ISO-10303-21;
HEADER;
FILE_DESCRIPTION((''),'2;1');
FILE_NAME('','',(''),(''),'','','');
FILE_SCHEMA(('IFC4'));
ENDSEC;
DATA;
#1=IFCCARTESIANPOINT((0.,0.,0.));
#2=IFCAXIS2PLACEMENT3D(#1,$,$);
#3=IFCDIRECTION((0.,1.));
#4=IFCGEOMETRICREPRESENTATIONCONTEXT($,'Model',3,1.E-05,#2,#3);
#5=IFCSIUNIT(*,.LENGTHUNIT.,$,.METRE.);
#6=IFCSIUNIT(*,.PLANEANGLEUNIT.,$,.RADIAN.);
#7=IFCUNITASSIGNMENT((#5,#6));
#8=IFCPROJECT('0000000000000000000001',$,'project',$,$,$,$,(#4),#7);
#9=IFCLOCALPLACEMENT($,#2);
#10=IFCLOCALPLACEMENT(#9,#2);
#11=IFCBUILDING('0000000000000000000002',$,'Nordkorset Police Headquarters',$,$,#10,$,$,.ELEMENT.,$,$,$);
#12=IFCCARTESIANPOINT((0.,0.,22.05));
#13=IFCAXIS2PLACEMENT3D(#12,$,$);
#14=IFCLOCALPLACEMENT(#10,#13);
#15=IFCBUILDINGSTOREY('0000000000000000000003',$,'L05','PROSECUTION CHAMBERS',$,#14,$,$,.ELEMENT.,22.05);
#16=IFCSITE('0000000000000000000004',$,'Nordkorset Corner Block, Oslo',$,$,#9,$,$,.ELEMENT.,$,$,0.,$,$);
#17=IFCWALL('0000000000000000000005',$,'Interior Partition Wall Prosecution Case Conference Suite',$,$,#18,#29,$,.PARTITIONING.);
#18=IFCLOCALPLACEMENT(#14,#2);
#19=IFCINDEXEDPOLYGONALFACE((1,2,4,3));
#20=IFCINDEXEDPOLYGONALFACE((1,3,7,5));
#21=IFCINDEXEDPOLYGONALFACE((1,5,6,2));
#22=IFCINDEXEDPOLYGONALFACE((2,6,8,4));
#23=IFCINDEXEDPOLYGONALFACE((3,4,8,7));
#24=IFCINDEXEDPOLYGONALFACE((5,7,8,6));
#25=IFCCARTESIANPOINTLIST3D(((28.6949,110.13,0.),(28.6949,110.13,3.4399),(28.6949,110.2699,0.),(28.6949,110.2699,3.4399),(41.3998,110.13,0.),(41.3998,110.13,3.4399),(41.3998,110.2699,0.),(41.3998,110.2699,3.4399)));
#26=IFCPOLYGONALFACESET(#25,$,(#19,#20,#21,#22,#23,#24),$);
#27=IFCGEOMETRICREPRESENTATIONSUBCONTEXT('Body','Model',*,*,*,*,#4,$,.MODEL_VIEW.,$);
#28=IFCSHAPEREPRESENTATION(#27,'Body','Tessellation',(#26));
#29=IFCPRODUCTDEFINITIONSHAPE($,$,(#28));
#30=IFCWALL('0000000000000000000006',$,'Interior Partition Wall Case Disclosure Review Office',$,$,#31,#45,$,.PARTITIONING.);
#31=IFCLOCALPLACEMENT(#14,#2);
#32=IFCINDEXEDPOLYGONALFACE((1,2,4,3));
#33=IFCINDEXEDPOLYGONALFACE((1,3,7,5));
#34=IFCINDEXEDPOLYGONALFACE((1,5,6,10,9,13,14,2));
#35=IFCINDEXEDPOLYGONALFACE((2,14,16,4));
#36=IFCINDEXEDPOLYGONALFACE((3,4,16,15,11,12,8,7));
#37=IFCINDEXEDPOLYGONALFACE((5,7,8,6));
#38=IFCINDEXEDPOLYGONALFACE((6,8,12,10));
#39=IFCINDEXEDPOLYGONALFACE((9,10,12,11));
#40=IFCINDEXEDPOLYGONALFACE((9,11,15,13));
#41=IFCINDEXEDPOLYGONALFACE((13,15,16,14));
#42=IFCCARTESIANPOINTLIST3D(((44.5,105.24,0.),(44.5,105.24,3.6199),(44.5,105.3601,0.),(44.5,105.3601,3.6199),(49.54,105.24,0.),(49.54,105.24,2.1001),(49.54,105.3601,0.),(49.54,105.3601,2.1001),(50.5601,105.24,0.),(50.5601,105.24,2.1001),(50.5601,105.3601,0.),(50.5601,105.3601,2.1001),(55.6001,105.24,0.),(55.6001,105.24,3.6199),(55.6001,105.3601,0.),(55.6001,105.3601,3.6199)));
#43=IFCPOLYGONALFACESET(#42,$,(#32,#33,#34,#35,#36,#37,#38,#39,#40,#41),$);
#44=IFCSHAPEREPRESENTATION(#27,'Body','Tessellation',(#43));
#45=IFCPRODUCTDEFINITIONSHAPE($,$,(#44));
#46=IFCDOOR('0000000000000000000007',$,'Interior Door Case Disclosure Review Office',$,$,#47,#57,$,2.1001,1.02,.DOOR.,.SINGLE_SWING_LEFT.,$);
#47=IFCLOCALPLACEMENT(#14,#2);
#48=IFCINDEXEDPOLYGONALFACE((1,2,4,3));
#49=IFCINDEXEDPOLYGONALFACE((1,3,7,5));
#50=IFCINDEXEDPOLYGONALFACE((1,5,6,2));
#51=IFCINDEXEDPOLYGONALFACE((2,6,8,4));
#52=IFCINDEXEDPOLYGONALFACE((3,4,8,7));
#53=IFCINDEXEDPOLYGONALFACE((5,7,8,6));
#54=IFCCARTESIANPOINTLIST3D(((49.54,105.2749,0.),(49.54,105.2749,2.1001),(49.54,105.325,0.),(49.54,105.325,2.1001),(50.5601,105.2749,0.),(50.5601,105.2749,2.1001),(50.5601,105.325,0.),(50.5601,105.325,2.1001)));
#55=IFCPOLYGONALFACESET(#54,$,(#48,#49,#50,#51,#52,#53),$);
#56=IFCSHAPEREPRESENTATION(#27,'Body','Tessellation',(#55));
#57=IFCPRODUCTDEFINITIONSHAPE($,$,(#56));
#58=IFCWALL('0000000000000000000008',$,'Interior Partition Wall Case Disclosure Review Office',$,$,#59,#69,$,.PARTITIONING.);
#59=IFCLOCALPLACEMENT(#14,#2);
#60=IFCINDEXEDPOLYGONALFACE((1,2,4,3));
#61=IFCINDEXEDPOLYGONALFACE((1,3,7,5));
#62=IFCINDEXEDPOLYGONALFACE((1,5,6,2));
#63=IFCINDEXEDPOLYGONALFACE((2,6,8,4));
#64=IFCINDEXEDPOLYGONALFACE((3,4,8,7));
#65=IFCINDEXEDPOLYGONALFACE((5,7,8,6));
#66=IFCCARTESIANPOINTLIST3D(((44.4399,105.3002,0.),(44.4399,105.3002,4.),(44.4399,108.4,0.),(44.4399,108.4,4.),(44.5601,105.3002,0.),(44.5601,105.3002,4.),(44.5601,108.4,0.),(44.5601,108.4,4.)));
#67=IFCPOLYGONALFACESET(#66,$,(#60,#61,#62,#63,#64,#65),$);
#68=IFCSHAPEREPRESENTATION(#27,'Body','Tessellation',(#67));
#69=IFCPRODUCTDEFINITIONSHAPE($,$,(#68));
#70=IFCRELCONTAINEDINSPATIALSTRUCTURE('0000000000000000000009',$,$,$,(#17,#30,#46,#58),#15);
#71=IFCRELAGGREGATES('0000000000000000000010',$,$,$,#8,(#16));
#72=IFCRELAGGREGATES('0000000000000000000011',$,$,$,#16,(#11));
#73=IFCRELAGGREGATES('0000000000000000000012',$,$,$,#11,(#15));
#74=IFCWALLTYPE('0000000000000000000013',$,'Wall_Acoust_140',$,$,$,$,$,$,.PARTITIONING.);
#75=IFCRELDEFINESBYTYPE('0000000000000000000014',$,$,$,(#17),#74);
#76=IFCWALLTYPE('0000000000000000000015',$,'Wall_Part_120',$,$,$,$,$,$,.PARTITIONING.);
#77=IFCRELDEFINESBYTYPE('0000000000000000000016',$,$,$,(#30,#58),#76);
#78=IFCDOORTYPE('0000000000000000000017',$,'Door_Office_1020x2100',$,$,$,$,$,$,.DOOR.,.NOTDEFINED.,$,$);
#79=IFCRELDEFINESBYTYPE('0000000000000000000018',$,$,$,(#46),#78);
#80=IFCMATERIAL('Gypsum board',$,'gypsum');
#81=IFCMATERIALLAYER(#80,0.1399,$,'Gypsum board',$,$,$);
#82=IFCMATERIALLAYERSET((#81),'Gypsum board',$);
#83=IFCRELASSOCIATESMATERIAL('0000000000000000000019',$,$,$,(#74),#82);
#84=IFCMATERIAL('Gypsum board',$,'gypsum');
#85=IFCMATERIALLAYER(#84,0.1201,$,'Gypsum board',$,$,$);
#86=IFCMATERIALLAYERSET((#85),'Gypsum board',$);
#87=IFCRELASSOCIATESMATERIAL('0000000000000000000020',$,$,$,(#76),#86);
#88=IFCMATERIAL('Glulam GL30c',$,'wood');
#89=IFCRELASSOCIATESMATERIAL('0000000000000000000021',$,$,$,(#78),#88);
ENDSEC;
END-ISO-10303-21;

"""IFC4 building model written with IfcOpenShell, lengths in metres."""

from ifc_helpers import new_model, si_unit, direction, frame, frame_2d, origin, place, context, subcontext, project, spatial, rectangle, extrude, material, layer, layer_set, type_object, element, fill, save


model = new_model("IFC4")

# Units and contexts
model_context = context("Model", 3, precision=1e-05, world=origin(), true_north=direction((0.0, 1.0)))
body_context = subcontext(model_context, "Body", "Model", "MODEL_VIEW")
ifc_project = project(units=[si_unit("LENGTHUNIT", "METRE"), si_unit("PLANEANGLEUNIT", "RADIAN")], contexts=[model_context])

# Site, building, storey
site_placement = place(None, origin())
site = spatial("IfcSite", under=ifc_project, at=site_placement, Name="Nordkorset Corner Block, Oslo", CompositionType="ELEMENT", RefElevation=0.0)
building_placement = place(site_placement, origin())
building = spatial("IfcBuilding", under=site, at=building_placement, Name="Nordkorset Police Headquarters", CompositionType="ELEMENT")
storey_placement = place(building_placement, frame((0.0, 0.0, 22.05)))
storey = spatial("IfcBuildingStorey", under=building, at=storey_placement, Name="L05", Description="PROSECUTION CHAMBERS", CompositionType="ELEMENT", Elevation=22.05)

# Wall
ifc_material_1 = material(Name="Gypsum board", Category="gypsum")
ifc_layer_1 = layer(ifc_material_1, 0.1399, Name="Gypsum board")
ifc_layer_set_1 = layer_set([ifc_layer_1], Name="Gypsum board")
wall_type_1 = type_object("IfcWallType", Name="Wall_Acoust_140", PredefinedType="PARTITIONING", material=ifc_layer_set_1)
wall_1_placement = place(storey_placement, frame((41.3999, 110.2, 0.0), z_axis=(0.0, 0.0, 1.0), x_axis=(-1.0, 0.0, 0.0)))
element("IfcWall", 1, at=wall_1_placement, inside=storey, type_object=wall_type_1, Name="Interior Partition Wall Prosecution Case Conference Suite", PredefinedType="PARTITIONING", context=body_context, shape_type="SweptSolid", body=[
    extrude(rectangle(XDim=12.7048, YDim=0.1399, at=frame_2d((6.3525, 0.0))), origin(), (0.0, 0.0, 1.0), 3.4399),
])

# Wall, opening, door
ifc_material_2 = material(Name="Gypsum board", Category="gypsum")
ifc_layer_2 = layer(ifc_material_2, 0.1201, Name="Gypsum board")
ifc_layer_set_2 = layer_set([ifc_layer_2], Name="Gypsum board")
wall_type_2 = type_object("IfcWallType", Name="Wall_Part_120", PredefinedType="PARTITIONING", material=ifc_layer_set_2)
wall_2_placement = place(storey_placement, frame((44.5, 105.3, 0.0), z_axis=(0.0, 0.0, 1.0), x_axis=(1.0, 0.0, 0.0)))
wall_2 = element("IfcWall", 2, at=wall_2_placement, inside=storey, type_object=wall_type_2, Name="Interior Partition Wall Case Disclosure Review Office", PredefinedType="PARTITIONING", context=body_context, shape_type="SweptSolid", body=[
    extrude(rectangle(XDim=11.1001, YDim=0.1201, at=frame_2d((5.55, 0.0))), origin(), (0.0, 0.0, 1.0), 3.6199),
])
opening_placement = place(wall_2_placement, frame((5.04, 0.0, 0.0)))
opening = element("IfcOpeningElement", 3, at=opening_placement, cuts=wall_2, PredefinedType="OPENING", context=body_context, shape_type="SweptSolid", body=[
    extrude(rectangle(XDim=1.02, YDim=2.1001, at=frame_2d((0.51, 1.05))), frame((0.0, 0.0701, 0.0), z_axis=(0.0, -1.0, 0.0), x_axis=(1.0, 0.0, 0.0)), (0.0, 0.0, 1.0), 0.1401),
])
ifc_material_3 = material(Name="Glulam GL30c", Category="wood")
door_type = type_object("IfcDoorType", Name="Door_Office_1020x2100", OperationType="NOTDEFINED", PredefinedType="DOOR", material=ifc_material_3)
door_placement = place(opening_placement, origin())
door = element("IfcDoor", 4, at=door_placement, inside=storey, type_object=door_type, Name="Interior Door Case Disclosure Review Office", OperationType="SINGLE_SWING_LEFT", OverallHeight=2.1001, OverallWidth=1.02, PredefinedType="DOOR", context=body_context, shape_type="SweptSolid", body=[
    extrude(rectangle(XDim=1.02, YDim=2.1001, at=frame_2d((0.51, 1.05))), frame((0.0, 0.0249, 0.0), z_axis=(0.0, -1.0, 0.0), x_axis=(1.0, 0.0, 0.0)), (0.0, 0.0, 1.0), 0.05),
])
fill(opening, door)

# Wall
wall_3_placement = place(storey_placement, frame((44.5, 108.3999, 0.0), z_axis=(0.0, 0.0, 1.0), x_axis=(0.0, -1.0, 0.0)))
element("IfcWall", 5, at=wall_3_placement, inside=storey, type_object=wall_type_2, Name="Interior Partition Wall Case Disclosure Review Office", PredefinedType="PARTITIONING", context=body_context, shape_type="SweptSolid", body=[
    extrude(rectangle(XDim=3.0999, YDim=0.1201, at=frame_2d((1.5498, 0.0))), origin(), (0.0, 0.0, 1.0), 4.0),
])

save(model, "model.ifc")
